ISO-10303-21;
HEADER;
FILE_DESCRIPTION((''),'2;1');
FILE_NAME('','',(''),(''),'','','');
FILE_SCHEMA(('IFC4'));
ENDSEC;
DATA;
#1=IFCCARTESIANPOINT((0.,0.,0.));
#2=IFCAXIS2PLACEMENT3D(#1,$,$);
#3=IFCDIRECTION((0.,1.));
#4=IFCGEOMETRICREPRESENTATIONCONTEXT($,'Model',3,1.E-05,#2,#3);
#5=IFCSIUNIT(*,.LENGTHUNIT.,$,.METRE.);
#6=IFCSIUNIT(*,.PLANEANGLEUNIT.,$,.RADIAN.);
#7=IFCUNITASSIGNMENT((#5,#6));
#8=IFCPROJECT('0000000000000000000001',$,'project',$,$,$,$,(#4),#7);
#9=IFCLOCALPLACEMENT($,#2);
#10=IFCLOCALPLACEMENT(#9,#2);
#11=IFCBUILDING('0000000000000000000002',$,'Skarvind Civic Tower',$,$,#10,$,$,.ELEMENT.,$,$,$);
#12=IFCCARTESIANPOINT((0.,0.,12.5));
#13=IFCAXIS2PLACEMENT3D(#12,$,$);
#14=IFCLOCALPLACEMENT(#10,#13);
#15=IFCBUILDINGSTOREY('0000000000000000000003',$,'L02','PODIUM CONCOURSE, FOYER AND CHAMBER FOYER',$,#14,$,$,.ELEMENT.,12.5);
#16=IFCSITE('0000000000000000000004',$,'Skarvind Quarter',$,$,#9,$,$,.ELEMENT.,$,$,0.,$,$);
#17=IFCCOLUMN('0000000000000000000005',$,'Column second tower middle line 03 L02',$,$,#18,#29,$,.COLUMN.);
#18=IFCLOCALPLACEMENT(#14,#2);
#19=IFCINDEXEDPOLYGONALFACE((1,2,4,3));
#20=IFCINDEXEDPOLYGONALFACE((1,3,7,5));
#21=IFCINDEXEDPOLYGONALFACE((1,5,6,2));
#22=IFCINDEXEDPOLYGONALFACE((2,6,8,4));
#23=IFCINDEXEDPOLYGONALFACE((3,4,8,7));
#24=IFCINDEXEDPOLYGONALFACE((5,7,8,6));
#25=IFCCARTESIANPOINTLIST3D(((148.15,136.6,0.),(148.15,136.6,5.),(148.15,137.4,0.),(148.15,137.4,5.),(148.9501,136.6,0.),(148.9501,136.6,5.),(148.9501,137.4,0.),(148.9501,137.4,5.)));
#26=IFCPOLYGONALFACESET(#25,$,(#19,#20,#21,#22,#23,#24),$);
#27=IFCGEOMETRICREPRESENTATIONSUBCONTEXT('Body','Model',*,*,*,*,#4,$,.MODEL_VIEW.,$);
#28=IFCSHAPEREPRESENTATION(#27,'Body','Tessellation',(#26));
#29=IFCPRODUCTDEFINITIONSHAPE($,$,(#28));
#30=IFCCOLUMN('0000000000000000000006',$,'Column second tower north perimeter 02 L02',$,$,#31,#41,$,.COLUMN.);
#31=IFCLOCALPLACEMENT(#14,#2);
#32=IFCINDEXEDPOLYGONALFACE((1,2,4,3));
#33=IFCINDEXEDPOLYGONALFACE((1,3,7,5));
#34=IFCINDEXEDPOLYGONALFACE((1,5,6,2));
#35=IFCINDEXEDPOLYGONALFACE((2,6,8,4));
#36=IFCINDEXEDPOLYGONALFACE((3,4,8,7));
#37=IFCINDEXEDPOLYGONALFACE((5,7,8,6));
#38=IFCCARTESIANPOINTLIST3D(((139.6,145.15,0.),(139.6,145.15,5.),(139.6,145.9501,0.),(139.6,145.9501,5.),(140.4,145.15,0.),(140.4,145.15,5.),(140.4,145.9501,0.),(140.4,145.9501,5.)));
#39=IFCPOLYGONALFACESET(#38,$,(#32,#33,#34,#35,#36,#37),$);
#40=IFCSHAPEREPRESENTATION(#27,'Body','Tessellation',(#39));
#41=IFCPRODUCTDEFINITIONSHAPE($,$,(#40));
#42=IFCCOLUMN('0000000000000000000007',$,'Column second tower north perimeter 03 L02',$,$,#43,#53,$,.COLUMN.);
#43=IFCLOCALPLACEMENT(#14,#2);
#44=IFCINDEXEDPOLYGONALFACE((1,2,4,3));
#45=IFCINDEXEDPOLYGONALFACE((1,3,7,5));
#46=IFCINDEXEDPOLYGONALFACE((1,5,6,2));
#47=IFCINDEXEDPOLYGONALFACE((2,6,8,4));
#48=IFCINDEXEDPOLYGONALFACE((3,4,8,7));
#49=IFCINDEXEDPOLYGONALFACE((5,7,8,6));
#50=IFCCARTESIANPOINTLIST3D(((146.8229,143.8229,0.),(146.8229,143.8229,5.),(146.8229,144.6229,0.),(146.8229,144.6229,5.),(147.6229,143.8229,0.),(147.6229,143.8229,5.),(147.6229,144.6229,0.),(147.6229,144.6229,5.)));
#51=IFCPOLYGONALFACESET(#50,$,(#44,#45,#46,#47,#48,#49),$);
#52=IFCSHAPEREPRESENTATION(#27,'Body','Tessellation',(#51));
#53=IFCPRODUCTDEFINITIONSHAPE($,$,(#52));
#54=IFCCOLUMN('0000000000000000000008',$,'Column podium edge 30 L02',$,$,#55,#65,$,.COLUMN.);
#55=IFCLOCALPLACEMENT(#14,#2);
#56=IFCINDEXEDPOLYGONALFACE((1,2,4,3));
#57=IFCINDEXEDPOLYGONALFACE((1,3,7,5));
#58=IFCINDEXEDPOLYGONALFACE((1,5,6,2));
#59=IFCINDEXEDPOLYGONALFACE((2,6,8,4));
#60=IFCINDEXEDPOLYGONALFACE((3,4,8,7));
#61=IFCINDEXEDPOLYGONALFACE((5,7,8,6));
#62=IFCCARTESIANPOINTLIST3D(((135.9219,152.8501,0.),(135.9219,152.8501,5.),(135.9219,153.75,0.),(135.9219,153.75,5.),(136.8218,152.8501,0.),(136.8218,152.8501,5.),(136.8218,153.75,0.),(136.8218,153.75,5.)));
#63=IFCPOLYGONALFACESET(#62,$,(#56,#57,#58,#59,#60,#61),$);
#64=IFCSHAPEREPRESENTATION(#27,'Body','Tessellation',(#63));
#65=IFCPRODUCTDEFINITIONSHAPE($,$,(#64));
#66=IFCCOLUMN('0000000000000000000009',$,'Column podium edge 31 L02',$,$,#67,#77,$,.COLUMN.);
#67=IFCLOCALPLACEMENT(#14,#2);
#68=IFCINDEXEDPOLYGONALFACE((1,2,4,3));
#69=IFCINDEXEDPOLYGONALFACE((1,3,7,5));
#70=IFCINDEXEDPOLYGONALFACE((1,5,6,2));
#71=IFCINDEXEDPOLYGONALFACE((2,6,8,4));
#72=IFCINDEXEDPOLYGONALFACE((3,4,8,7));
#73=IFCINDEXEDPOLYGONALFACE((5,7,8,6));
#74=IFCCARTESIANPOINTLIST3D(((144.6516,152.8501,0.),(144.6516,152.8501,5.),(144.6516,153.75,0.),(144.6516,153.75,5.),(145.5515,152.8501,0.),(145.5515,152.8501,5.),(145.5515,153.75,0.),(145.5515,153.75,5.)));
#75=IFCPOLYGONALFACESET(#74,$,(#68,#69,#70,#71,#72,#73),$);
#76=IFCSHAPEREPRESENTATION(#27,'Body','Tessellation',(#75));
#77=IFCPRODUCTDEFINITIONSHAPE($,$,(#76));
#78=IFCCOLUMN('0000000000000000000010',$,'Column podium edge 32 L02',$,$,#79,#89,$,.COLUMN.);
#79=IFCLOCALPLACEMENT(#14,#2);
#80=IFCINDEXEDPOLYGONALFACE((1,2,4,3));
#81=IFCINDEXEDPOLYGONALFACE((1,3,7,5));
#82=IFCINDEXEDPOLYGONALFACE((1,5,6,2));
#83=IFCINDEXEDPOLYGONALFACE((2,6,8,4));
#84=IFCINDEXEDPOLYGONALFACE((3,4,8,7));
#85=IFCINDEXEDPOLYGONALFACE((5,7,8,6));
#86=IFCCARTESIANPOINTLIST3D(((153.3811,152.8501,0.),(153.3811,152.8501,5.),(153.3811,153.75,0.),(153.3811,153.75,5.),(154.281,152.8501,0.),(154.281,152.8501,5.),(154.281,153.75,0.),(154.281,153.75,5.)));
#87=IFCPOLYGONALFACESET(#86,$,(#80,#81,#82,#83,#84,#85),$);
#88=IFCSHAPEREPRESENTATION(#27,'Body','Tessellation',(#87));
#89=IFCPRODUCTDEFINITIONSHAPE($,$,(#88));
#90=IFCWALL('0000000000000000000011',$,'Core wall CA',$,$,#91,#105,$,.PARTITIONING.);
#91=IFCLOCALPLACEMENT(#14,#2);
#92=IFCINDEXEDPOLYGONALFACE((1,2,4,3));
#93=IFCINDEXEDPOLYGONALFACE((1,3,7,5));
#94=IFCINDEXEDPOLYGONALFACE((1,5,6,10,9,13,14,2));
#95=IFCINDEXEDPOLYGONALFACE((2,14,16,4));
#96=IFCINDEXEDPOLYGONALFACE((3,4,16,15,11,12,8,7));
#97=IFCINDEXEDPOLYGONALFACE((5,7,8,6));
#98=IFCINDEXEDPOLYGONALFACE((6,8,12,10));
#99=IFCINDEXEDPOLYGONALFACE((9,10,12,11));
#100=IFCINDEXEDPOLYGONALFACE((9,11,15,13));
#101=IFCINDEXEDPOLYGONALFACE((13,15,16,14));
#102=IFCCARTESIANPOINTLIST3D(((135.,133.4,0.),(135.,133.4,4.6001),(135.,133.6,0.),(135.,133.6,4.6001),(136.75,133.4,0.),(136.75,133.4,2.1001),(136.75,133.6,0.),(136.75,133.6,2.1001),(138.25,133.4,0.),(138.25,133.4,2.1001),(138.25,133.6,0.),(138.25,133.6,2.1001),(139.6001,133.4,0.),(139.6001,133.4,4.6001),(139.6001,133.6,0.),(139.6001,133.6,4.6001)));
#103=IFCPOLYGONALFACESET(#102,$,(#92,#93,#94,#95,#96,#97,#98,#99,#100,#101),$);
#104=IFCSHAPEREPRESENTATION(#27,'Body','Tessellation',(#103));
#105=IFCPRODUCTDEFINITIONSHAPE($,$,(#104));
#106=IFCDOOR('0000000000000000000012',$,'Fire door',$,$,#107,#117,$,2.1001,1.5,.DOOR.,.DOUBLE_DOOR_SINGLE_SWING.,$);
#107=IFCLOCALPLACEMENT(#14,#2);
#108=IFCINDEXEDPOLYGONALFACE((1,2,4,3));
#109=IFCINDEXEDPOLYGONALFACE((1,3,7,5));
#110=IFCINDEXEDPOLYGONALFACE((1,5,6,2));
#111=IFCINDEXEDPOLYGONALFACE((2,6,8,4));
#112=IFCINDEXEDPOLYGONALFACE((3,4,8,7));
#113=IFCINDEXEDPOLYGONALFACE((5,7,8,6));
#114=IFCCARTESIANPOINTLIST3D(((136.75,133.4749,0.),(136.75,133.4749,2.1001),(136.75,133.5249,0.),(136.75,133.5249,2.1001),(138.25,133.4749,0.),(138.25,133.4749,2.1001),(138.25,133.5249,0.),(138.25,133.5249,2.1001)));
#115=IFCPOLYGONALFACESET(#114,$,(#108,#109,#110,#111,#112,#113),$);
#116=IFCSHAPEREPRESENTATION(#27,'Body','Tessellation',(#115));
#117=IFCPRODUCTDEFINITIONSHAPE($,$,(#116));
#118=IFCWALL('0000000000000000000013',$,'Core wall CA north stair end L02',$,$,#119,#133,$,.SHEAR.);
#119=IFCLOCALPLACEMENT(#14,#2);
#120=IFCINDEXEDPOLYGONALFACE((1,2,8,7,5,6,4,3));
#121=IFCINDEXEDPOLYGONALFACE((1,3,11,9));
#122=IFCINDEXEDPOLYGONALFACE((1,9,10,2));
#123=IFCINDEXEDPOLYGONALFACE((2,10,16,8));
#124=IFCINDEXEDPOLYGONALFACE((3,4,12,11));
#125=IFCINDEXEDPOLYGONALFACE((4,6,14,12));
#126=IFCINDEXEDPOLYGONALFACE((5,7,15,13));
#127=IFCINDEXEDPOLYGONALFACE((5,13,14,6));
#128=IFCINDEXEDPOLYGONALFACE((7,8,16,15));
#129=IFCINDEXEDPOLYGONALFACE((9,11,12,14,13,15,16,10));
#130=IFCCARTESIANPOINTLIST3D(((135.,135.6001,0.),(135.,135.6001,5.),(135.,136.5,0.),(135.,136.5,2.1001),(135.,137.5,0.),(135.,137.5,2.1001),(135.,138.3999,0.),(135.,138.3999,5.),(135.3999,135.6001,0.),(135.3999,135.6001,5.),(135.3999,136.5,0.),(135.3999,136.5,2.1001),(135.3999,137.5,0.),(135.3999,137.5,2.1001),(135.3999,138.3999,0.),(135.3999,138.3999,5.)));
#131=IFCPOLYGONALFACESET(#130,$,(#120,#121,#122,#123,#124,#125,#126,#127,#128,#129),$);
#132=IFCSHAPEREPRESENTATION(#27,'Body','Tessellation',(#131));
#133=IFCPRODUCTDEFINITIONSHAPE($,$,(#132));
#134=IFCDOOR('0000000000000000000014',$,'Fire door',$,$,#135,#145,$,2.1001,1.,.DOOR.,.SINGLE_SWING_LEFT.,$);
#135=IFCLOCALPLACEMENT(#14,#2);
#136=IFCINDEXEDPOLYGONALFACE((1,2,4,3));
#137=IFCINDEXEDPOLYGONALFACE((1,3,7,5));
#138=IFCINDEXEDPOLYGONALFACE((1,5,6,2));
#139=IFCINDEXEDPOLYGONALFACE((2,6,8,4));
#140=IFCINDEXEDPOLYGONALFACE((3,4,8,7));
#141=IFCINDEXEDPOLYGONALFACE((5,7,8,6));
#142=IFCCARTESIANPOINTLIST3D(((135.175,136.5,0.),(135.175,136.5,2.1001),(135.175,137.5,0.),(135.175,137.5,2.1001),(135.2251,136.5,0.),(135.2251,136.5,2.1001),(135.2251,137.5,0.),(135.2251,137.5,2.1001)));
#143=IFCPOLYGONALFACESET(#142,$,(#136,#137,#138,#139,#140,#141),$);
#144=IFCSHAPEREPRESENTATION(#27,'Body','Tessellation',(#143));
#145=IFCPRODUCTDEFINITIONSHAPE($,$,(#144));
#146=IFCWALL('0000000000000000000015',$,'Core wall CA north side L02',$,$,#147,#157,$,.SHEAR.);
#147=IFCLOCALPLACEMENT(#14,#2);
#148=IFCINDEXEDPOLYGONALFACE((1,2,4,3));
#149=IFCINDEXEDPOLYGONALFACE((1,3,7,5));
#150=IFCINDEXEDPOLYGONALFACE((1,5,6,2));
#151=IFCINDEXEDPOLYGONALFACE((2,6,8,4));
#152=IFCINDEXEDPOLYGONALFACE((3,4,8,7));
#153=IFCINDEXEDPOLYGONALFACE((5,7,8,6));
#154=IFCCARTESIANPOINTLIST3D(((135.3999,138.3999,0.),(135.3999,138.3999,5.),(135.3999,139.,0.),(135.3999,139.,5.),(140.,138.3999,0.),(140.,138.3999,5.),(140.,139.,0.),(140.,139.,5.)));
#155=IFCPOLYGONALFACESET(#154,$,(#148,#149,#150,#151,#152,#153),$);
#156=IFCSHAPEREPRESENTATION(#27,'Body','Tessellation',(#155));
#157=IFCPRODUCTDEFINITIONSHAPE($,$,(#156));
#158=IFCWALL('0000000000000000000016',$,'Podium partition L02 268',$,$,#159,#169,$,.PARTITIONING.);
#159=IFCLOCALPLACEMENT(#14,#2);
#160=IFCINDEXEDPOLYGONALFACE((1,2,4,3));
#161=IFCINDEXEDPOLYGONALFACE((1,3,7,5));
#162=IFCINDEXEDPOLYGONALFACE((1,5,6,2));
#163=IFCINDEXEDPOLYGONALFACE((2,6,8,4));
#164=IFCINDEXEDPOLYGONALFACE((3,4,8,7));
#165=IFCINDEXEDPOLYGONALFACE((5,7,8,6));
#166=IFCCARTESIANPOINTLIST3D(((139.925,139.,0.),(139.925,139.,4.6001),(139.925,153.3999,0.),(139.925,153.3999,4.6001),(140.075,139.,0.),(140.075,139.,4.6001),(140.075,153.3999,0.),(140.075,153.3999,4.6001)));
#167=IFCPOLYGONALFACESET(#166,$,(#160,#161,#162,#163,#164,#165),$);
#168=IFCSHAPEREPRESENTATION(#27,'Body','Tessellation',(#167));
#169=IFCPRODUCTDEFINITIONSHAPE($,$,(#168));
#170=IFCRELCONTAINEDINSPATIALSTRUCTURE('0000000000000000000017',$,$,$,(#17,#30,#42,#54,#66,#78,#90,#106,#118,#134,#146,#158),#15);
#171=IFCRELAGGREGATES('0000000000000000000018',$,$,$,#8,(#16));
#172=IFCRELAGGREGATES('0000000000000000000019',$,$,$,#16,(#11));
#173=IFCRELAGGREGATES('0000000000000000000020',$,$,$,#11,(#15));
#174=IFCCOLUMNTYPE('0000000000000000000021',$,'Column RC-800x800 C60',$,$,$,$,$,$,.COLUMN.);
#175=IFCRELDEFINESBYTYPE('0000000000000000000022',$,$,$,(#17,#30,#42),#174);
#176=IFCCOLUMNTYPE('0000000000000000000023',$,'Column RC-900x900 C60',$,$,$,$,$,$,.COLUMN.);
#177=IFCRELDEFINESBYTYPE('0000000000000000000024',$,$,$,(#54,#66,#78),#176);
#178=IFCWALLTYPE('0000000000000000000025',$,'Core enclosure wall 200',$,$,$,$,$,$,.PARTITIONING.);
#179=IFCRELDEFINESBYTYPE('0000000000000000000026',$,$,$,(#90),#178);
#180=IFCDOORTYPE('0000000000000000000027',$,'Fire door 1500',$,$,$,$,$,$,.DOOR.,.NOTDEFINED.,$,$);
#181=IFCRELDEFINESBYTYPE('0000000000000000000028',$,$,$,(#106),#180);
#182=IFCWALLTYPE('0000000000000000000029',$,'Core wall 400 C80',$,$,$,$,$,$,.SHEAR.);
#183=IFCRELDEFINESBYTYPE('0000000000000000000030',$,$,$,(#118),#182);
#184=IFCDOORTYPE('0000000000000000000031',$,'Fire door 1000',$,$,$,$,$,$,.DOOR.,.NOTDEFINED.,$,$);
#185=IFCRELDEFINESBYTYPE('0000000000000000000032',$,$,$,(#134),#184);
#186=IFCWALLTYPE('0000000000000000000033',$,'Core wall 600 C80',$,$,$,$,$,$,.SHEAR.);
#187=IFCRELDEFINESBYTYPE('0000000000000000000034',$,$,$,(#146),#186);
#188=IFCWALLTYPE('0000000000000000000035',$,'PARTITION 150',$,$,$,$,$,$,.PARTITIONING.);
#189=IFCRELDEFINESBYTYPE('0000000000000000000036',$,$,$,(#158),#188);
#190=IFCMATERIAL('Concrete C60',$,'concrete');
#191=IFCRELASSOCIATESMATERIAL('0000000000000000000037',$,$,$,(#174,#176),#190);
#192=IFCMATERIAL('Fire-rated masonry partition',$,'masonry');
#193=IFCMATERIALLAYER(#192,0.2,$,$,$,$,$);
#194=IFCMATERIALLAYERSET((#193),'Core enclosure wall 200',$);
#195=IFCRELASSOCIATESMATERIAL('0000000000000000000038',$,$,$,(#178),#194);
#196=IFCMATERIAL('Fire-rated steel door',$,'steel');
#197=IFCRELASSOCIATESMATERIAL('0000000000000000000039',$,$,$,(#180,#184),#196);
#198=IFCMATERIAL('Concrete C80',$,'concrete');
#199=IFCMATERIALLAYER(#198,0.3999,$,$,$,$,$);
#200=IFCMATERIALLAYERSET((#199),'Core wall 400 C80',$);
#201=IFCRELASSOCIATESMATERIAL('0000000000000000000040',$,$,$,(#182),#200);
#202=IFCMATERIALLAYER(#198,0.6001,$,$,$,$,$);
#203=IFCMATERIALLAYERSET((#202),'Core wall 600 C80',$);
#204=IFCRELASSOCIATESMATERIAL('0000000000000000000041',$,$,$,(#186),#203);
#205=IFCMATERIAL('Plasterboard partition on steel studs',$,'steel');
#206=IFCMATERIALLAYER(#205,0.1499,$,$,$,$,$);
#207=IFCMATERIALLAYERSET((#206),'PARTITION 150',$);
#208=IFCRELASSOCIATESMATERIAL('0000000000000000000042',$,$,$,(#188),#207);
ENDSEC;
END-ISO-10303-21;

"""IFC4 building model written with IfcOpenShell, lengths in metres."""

from ifc_helpers import new_model, si_unit, direction, frame, frame_2d, origin, origin_2d, place, context, subcontext, project, spatial, rectangle, extrude, material, layer, layer_set, material_profile, profile_set, type_object, element, fill, save


model = new_model("IFC4")

# Units and contexts
model_context = context("Model", 3, precision=1e-05, world=origin(), true_north=direction((0.0, 1.0)))
body_context = subcontext(model_context, "Body", "Model", "MODEL_VIEW")
ifc_project = project(units=[si_unit("LENGTHUNIT", "METRE"), si_unit("PLANEANGLEUNIT", "RADIAN")], contexts=[model_context])

# Site, building, storey
site_placement = place(None, origin())
site = spatial("IfcSite", under=ifc_project, at=site_placement, Name="Skarvind Quarter", CompositionType="ELEMENT", RefElevation=0.0)
building_placement = place(site_placement, origin())
building = spatial("IfcBuilding", under=site, at=building_placement, Name="Skarvind Civic Tower", CompositionType="ELEMENT")
storey_placement = place(building_placement, frame((0.0, 0.0, 12.5)))
storey = spatial("IfcBuildingStorey", under=building, at=storey_placement, Name="L02", Description="PODIUM CONCOURSE, FOYER AND CHAMBER FOYER", CompositionType="ELEMENT", Elevation=12.5)

# Columns
ifc_material_1 = material(Name="Concrete C60", Category="concrete")
ifc_material_profile_1 = material_profile(ifc_material_1, rectangle(XDim=0.8, YDim=0.8, at=origin_2d()), Name="RC-800x800")
ifc_profile_set_1 = profile_set([ifc_material_profile_1], Name="Concrete C60")
column_type_1 = type_object("IfcColumnType", Name="Column RC-800x800 C60", PredefinedType="COLUMN", material=ifc_profile_set_1)
for number, where, z_axis, x_axis, name in (
    (1, (148.55, 137.0, 0.0), (0.0, 0.0, 1.0), (1.0, 0.0, 0.0), "Column second tower middle line 03 L02"),
    (2, (140.0, 145.55, 0.0), (0.0, 0.0, 1.0), (1.0, 0.0, 0.0), "Column second tower north perimeter 02 L02"),
    (3, (147.2229, 144.2229, 0.0), (0.0, 0.0, 1.0), (1.0, 0.0, 0.0), "Column second tower north perimeter 03 L02"),
):
    element("IfcColumn", number, at=place(storey_placement, frame(where, z_axis=z_axis, x_axis=x_axis)), inside=storey, type_object=column_type_1, Name=name, PredefinedType="COLUMN", context=body_context, shape_type="SweptSolid", body=[
        extrude(rectangle(XDim=0.8, YDim=0.8, at=origin_2d()), origin(), (0.0, 0.0, 1.0), 5.0),
    ])
ifc_material_profile_2 = material_profile(ifc_material_1, rectangle(XDim=0.8999, YDim=0.8999, at=origin_2d()), Name="RC-900x900")
ifc_profile_set_2 = profile_set([ifc_material_profile_2], Name="Concrete C60")
column_type_2 = type_object("IfcColumnType", Name="Column RC-900x900 C60", PredefinedType="COLUMN", material=ifc_profile_set_2)
for number, where, z_axis, x_axis, name in (
    (4, (136.3718, 153.3, 0.0), (0.0, 0.0, 1.0), (1.0, 0.0, 0.0), "Column podium edge 30 L02"),
    (5, (145.1016, 153.3, 0.0), (0.0, 0.0, 1.0), (1.0, 0.0, 0.0), "Column podium edge 31 L02"),
    (6, (153.8311, 153.3, 0.0), (0.0, 0.0, 1.0), (1.0, 0.0, 0.0), "Column podium edge 32 L02"),
):
    element("IfcColumn", number, at=place(storey_placement, frame(where, z_axis=z_axis, x_axis=x_axis)), inside=storey, type_object=column_type_2, Name=name, PredefinedType="COLUMN", context=body_context, shape_type="SweptSolid", body=[
        extrude(rectangle(XDim=0.8999, YDim=0.8999, at=origin_2d()), origin(), (0.0, 0.0, 1.0), 5.0),
    ])

# Walls, openings, doors
ifc_material_2 = material(Name="Fire-rated masonry partition", Category="masonry")
ifc_layer_1 = layer(ifc_material_2, 0.2)
ifc_layer_set_1 = layer_set([ifc_layer_1], Name="Core enclosure wall 200")
wall_type_1 = type_object("IfcWallType", Name="Core enclosure wall 200", PredefinedType="PARTITIONING", material=ifc_layer_set_1)
wall_1_placement = place(storey_placement, frame((135.0, 133.5, 0.0), z_axis=(0.0, 0.0, 1.0), x_axis=(1.0, 0.0, 0.0)))
wall_1 = element("IfcWall", 7, at=wall_1_placement, inside=storey, type_object=wall_type_1, Name="Core wall CA", PredefinedType="PARTITIONING", context=body_context, shape_type="SweptSolid", body=[
    extrude(rectangle(XDim=4.6001, YDim=0.2, at=frame_2d((2.3, 0.0))), origin(), (0.0, 0.0, 1.0), 4.6001),
])
opening_1_placement = place(wall_1_placement, frame((1.75, 0.0, 0.0)))
opening_1 = element("IfcOpeningElement", 8, at=opening_1_placement, cuts=wall_1, PredefinedType="OPENING", context=body_context, shape_type="SweptSolid", body=[
    extrude(rectangle(XDim=1.5, YDim=2.1001, at=frame_2d((0.75, 1.05))), frame((0.0, 0.1099, 0.0), z_axis=(0.0, -1.0, 0.0), x_axis=(1.0, 0.0, 0.0)), (0.0, 0.0, 1.0), 0.22),
])
ifc_material_3 = material(Name="Fire-rated steel door", Category="steel")
door_type_1 = type_object("IfcDoorType", Name="Fire door 1500", OperationType="NOTDEFINED", PredefinedType="DOOR", material=ifc_material_3)
door_1_placement = place(opening_1_placement, origin())
door_1 = element("IfcDoor", 9, at=door_1_placement, inside=storey, type_object=door_type_1, Name="Fire door", OperationType="DOUBLE_DOOR_SINGLE_SWING", OverallHeight=2.1001, OverallWidth=1.5, PredefinedType="DOOR", context=body_context, shape_type="SweptSolid", body=[
    extrude(rectangle(XDim=1.5, YDim=2.1001, at=frame_2d((0.75, 1.05))), frame((0.0, 0.0249, 0.0), z_axis=(0.0, -1.0, 0.0), x_axis=(1.0, 0.0, 0.0)), (0.0, 0.0, 1.0), 0.05),
])
fill(opening_1, door_1)
ifc_material_4 = material(Name="Concrete C80", Category="concrete")
ifc_layer_2 = layer(ifc_material_4, 0.3999)
ifc_layer_set_2 = layer_set([ifc_layer_2], Name="Core wall 400 C80")
wall_type_2 = type_object("IfcWallType", Name="Core wall 400 C80", PredefinedType="SHEAR", material=ifc_layer_set_2)
wall_2_placement = place(storey_placement, frame((135.2, 135.6001, 0.0), z_axis=(0.0, 0.0, 1.0), x_axis=(0.0, 1.0, 0.0)))
wall_2 = element("IfcWall", 10, at=wall_2_placement, inside=storey, type_object=wall_type_2, Name="Core wall CA north stair end L02", PredefinedType="SHEAR", context=body_context, shape_type="SweptSolid", body=[
    extrude(rectangle(XDim=2.7998, YDim=0.3999, at=frame_2d((1.3999, 0.0))), origin(), (0.0, 0.0, 1.0), 5.0),
])
opening_2_placement = place(wall_2_placement, frame((0.8999, 0.0, 0.0)))
opening_2 = element("IfcOpeningElement", 11, at=opening_2_placement, cuts=wall_2, PredefinedType="OPENING", context=body_context, shape_type="SweptSolid", body=[
    extrude(rectangle(XDim=1.0, YDim=2.1001, at=frame_2d((0.5, 1.05))), frame((0.0, 0.21, 0.0), z_axis=(0.0, -1.0, 0.0), x_axis=(1.0, 0.0, 0.0)), (0.0, 0.0, 1.0), 0.4199),
])
door_type_2 = type_object("IfcDoorType", Name="Fire door 1000", OperationType="NOTDEFINED", PredefinedType="DOOR", material=ifc_material_3)
door_2_placement = place(opening_2_placement, origin())
door_2 = element("IfcDoor", 12, at=door_2_placement, inside=storey, type_object=door_type_2, Name="Fire door", OperationType="SINGLE_SWING_LEFT", OverallHeight=2.1001, OverallWidth=1.0, PredefinedType="DOOR", context=body_context, shape_type="SweptSolid", body=[
    extrude(rectangle(XDim=1.0, YDim=2.1001, at=frame_2d((0.5, 1.05))), frame((0.0, 0.0249, 0.0), z_axis=(0.0, -1.0, 0.0), x_axis=(1.0, 0.0, 0.0)), (0.0, 0.0, 1.0), 0.05),
])
fill(opening_2, door_2)

# Walls
ifc_layer_3 = layer(ifc_material_4, 0.6001)
ifc_layer_set_3 = layer_set([ifc_layer_3], Name="Core wall 600 C80")
wall_type_3 = type_object("IfcWallType", Name="Core wall 600 C80", PredefinedType="SHEAR", material=ifc_layer_set_3)
wall_3_placement = place(storey_placement, frame((135.3999, 138.7, 0.0), z_axis=(0.0, 0.0, 1.0), x_axis=(1.0, 0.0, 0.0)))
element("IfcWall", 13, at=wall_3_placement, inside=storey, type_object=wall_type_3, Name="Core wall CA north side L02", PredefinedType="SHEAR", context=body_context, shape_type="SweptSolid", body=[
    extrude(rectangle(XDim=4.6001, YDim=0.6001, at=frame_2d((2.3, 0.0))), origin(), (0.0, 0.0, 1.0), 5.0),
])
ifc_material_5 = material(Name="Plasterboard partition on steel studs", Category="steel")
ifc_layer_4 = layer(ifc_material_5, 0.1499)
ifc_layer_set_4 = layer_set([ifc_layer_4], Name="PARTITION 150")
wall_type_4 = type_object("IfcWallType", Name="PARTITION 150", PredefinedType="PARTITIONING", material=ifc_layer_set_4)
wall_4_placement = place(storey_placement, frame((140.0, 139.0, 0.0), z_axis=(0.0, 0.0, 1.0), x_axis=(0.0, 1.0, 0.0)))
element("IfcWall", 14, at=wall_4_placement, inside=storey, type_object=wall_type_4, Name="Podium partition L02 268", PredefinedType="PARTITIONING", context=body_context, shape_type="SweptSolid", body=[
    extrude(rectangle(XDim=14.3999, YDim=0.1499, at=frame_2d((7.2, 0.0))), origin(), (0.0, 0.0, 1.0), 4.6001),
])

save(model, "model.ifc")
